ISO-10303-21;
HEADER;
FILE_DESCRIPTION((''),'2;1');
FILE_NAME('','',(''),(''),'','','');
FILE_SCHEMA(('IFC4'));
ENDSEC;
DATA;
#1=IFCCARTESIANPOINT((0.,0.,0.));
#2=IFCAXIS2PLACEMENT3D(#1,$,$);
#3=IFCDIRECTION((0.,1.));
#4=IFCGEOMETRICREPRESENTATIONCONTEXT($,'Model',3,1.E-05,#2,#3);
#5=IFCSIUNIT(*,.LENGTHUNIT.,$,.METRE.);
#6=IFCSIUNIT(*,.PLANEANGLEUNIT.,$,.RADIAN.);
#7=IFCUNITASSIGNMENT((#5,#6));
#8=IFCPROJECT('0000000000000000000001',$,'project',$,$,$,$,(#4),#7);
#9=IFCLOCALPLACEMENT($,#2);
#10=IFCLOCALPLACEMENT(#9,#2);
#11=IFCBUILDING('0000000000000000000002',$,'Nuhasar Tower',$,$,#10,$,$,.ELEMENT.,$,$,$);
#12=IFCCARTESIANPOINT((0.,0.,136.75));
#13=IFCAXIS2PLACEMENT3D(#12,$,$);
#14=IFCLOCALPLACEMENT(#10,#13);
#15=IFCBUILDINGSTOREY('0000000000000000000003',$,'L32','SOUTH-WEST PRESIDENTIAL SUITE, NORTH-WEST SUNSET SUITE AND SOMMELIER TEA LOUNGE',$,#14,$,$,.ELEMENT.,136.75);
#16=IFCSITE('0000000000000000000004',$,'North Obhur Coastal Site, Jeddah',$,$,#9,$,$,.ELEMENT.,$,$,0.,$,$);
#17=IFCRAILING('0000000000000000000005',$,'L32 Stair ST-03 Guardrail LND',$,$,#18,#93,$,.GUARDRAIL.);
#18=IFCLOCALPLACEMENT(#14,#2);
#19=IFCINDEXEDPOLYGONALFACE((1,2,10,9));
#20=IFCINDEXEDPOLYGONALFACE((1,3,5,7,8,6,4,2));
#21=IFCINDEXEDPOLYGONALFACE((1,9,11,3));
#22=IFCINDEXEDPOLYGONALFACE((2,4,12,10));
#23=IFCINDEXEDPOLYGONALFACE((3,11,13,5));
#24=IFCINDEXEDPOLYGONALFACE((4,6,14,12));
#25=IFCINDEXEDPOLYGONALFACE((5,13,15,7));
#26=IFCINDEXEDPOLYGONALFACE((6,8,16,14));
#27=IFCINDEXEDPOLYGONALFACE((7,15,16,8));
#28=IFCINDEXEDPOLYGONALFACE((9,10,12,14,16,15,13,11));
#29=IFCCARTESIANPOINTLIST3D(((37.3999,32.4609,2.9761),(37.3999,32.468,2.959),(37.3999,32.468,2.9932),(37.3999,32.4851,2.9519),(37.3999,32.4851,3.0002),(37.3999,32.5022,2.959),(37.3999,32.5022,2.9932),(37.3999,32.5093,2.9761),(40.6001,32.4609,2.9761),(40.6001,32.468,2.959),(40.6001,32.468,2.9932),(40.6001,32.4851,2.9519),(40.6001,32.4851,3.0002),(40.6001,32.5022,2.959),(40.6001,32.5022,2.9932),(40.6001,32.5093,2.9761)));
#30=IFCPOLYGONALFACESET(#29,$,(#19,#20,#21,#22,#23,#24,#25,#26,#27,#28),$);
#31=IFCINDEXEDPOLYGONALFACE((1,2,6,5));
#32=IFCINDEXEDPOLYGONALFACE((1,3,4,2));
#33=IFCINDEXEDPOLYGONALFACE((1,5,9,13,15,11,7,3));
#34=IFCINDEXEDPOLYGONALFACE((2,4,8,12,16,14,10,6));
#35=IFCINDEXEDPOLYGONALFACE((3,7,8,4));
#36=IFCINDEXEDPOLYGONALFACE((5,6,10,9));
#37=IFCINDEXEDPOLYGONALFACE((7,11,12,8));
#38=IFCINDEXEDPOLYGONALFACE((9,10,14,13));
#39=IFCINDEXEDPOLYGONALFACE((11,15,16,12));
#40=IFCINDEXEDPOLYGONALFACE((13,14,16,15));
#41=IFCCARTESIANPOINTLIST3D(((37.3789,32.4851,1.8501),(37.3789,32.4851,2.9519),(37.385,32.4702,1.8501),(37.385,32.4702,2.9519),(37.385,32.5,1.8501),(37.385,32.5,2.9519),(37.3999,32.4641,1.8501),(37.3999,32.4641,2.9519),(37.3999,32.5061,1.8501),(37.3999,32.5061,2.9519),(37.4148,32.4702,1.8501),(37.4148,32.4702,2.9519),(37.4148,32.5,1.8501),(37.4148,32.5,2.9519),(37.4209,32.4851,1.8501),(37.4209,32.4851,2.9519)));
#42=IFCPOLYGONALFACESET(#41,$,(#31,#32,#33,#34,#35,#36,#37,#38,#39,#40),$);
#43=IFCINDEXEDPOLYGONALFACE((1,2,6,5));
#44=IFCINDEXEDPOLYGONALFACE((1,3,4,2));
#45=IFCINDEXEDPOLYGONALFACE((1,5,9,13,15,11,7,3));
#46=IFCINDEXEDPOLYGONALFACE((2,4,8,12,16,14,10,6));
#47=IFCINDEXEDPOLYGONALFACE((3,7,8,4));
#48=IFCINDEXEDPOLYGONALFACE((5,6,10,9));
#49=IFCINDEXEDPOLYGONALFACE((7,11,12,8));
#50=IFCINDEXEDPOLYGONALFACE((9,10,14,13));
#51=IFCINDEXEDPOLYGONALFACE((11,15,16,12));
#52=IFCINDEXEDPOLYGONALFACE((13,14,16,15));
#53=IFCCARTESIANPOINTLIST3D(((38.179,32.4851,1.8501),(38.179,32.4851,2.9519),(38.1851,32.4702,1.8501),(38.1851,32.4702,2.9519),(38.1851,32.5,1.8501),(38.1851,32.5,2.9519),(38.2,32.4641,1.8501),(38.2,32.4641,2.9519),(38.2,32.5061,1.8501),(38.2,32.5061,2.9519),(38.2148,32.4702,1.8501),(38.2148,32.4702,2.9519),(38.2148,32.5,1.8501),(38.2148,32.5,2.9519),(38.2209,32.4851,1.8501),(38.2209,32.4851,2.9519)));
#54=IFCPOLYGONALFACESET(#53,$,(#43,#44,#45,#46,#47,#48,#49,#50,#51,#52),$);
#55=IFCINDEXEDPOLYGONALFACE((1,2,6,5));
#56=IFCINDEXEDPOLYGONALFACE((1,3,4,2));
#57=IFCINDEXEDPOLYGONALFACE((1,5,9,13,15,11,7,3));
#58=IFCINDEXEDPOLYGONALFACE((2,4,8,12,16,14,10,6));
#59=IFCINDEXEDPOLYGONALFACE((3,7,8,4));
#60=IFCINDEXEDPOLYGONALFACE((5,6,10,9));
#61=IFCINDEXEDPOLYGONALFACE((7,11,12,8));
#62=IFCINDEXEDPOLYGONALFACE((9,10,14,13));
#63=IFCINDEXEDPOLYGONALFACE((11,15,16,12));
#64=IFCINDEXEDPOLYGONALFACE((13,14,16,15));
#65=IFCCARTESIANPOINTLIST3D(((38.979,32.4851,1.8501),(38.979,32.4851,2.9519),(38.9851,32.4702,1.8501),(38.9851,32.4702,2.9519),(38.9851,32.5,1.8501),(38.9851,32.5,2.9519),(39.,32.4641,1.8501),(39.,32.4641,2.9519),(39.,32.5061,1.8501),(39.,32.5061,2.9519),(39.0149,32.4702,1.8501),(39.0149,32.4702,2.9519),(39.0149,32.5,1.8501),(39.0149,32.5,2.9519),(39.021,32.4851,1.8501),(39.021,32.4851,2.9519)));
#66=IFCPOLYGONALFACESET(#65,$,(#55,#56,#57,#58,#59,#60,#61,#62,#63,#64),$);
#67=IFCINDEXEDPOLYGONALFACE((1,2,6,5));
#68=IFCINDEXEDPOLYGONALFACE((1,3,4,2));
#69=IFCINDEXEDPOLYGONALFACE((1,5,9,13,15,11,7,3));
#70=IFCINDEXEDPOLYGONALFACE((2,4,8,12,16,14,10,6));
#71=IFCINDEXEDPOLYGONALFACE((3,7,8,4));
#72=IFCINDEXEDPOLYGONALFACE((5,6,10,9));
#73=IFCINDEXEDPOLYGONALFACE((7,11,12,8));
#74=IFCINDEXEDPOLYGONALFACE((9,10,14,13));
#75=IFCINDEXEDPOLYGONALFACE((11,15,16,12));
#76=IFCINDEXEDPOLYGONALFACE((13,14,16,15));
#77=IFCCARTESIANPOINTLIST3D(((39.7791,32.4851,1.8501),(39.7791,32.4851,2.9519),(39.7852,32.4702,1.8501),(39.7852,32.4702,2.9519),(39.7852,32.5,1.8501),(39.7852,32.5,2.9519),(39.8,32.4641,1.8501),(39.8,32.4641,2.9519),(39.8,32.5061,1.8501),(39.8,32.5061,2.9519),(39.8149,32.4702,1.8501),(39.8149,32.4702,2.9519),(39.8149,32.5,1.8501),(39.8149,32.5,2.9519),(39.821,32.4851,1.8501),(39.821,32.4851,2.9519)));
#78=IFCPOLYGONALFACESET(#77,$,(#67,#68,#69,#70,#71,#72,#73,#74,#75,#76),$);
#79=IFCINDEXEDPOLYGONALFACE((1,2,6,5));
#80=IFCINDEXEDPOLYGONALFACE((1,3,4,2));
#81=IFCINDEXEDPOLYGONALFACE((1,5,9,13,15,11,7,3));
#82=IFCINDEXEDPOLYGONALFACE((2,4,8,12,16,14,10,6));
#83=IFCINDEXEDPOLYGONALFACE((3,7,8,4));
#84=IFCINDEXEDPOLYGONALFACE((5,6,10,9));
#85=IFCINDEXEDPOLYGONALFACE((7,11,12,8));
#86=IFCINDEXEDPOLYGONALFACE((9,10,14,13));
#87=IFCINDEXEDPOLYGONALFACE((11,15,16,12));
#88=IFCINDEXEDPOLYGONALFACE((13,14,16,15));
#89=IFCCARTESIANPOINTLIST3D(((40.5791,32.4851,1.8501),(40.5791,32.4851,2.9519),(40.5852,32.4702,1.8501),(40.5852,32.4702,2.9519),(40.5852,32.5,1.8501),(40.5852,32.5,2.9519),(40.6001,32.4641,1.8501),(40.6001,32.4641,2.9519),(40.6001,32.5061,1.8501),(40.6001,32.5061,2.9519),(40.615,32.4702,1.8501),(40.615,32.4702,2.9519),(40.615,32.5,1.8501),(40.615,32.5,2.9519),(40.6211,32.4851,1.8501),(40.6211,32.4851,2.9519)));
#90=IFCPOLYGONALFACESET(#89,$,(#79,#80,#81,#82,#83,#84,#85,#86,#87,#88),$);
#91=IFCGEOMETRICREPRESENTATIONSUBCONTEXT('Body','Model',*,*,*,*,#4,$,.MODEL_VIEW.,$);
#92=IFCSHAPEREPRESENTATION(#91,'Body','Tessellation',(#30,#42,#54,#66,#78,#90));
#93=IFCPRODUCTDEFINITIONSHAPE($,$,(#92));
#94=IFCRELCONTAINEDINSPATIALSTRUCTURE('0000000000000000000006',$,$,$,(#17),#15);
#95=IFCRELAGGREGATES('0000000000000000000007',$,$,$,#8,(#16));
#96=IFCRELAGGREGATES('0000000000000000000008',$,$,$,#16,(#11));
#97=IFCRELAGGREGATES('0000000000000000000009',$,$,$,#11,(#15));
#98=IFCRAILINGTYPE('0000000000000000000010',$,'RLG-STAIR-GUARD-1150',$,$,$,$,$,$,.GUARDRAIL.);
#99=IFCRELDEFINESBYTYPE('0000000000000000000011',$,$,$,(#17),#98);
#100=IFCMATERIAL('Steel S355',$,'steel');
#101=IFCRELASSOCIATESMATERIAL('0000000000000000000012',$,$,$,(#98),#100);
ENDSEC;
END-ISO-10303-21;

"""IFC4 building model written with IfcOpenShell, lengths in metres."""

from ifc_helpers import new_model, si_unit, direction, frame, origin, place, context, subcontext, project, spatial, polyline, outline, extrude, material, type_object, element, save


model = new_model("IFC4")

# Units and contexts
model_context = context("Model", 3, precision=1e-05, world=origin(), true_north=direction((0.0, 1.0)))
body_context = subcontext(model_context, "Body", "Model", "MODEL_VIEW")
ifc_project = project(units=[si_unit("LENGTHUNIT", "METRE"), si_unit("PLANEANGLEUNIT", "RADIAN")], contexts=[model_context])

# Site, building, storey
site_placement = place(None, origin())
site = spatial("IfcSite", under=ifc_project, at=site_placement, Name="North Obhur Coastal Site, Jeddah", CompositionType="ELEMENT", RefElevation=0.0)
building_placement = place(site_placement, origin())
building = spatial("IfcBuilding", under=site, at=building_placement, Name="Nuhasar Tower", CompositionType="ELEMENT")
storey_placement = place(building_placement, frame((0.0, 0.0, 136.75)))
storey = spatial("IfcBuildingStorey", under=building, at=storey_placement, Name="L32", Description="SOUTH-WEST PRESIDENTIAL SUITE, NORTH-WEST SUNSET SUITE AND SOMMELIER TEA LOUNGE", CompositionType="ELEMENT", Elevation=136.75)

# Shared definitions
ifc_material_1 = material(Name="Steel S355", Category="steel")

# Railing
railing_type_1 = type_object("IfcRailingType", Name="RLG-STAIR-GUARD-1150", PredefinedType="GUARDRAIL", material=ifc_material_1)
railing_1_placement = place(storey_placement, frame((37.3999, 32.4851, 1.8501)))
element("IfcRailing", 1, at=railing_1_placement, inside=storey, type_object=railing_type_1, Name="L32 Stair ST-03 Guardrail LND", PredefinedType="GUARDRAIL", context=body_context, shape_type="SweptSolid", body=[
    extrude(outline(polyline([(0.0242, 0.0), (0.0171, 0.0171), (0.0, 0.0242), (-0.0171, 0.0171), (-0.0242, 0.0), (-0.0171, -0.0171), (0.0, -0.0242), (0.0171, -0.0171), (0.0242, 0.0)])), frame((0.0, 0.0, 1.126), z_axis=(1.0, 0.0, 0.0), x_axis=(0.0, 1.0, 0.0)), (0.0, 0.0, 1.0), 3.2002),
    extrude(outline(polyline([(0.021, 0.0), (0.0149, 0.0149), (0.0, 0.021), (-0.0149, 0.0149), (-0.021, 0.0), (-0.0149, -0.0149), (0.0, -0.021), (0.0149, -0.0149), (0.021, 0.0)])), origin(), (0.0, 0.0, 1.0), 1.1018),
    extrude(outline(polyline([(0.021, 0.0), (0.0149, 0.0149), (0.0, 0.021), (-0.0149, 0.0149), (-0.021, 0.0), (-0.0149, -0.0149), (0.0, -0.021), (0.0149, -0.0149), (0.021, 0.0)])), frame((0.8, 0.0, 0.0)), (0.0, 0.0, 1.0), 1.1018),
    extrude(outline(polyline([(0.021, 0.0), (0.0149, 0.0149), (0.0, 0.021), (-0.0149, 0.0149), (-0.021, 0.0), (-0.0149, -0.0149), (0.0, -0.021), (0.0149, -0.0149), (0.021, 0.0)])), frame((1.6001, 0.0, 0.0)), (0.0, 0.0, 1.0), 1.1018),
    extrude(outline(polyline([(0.021, 0.0), (0.0149, 0.0149), (0.0, 0.021), (-0.0149, 0.0149), (-0.021, 0.0), (-0.0149, -0.0149), (0.0, -0.021), (0.0149, -0.0149), (0.021, 0.0)])), frame((2.4001, 0.0, 0.0)), (0.0, 0.0, 1.0), 1.1018),
    extrude(outline(polyline([(0.021, 0.0), (0.0149, 0.0149), (0.0, 0.021), (-0.0149, 0.0149), (-0.021, 0.0), (-0.0149, -0.0149), (0.0, -0.021), (0.0149, -0.0149), (0.021, 0.0)])), frame((3.2002, 0.0, 0.0)), (0.0, 0.0, 1.0), 1.1018),
])

save(model, "model.ifc")
